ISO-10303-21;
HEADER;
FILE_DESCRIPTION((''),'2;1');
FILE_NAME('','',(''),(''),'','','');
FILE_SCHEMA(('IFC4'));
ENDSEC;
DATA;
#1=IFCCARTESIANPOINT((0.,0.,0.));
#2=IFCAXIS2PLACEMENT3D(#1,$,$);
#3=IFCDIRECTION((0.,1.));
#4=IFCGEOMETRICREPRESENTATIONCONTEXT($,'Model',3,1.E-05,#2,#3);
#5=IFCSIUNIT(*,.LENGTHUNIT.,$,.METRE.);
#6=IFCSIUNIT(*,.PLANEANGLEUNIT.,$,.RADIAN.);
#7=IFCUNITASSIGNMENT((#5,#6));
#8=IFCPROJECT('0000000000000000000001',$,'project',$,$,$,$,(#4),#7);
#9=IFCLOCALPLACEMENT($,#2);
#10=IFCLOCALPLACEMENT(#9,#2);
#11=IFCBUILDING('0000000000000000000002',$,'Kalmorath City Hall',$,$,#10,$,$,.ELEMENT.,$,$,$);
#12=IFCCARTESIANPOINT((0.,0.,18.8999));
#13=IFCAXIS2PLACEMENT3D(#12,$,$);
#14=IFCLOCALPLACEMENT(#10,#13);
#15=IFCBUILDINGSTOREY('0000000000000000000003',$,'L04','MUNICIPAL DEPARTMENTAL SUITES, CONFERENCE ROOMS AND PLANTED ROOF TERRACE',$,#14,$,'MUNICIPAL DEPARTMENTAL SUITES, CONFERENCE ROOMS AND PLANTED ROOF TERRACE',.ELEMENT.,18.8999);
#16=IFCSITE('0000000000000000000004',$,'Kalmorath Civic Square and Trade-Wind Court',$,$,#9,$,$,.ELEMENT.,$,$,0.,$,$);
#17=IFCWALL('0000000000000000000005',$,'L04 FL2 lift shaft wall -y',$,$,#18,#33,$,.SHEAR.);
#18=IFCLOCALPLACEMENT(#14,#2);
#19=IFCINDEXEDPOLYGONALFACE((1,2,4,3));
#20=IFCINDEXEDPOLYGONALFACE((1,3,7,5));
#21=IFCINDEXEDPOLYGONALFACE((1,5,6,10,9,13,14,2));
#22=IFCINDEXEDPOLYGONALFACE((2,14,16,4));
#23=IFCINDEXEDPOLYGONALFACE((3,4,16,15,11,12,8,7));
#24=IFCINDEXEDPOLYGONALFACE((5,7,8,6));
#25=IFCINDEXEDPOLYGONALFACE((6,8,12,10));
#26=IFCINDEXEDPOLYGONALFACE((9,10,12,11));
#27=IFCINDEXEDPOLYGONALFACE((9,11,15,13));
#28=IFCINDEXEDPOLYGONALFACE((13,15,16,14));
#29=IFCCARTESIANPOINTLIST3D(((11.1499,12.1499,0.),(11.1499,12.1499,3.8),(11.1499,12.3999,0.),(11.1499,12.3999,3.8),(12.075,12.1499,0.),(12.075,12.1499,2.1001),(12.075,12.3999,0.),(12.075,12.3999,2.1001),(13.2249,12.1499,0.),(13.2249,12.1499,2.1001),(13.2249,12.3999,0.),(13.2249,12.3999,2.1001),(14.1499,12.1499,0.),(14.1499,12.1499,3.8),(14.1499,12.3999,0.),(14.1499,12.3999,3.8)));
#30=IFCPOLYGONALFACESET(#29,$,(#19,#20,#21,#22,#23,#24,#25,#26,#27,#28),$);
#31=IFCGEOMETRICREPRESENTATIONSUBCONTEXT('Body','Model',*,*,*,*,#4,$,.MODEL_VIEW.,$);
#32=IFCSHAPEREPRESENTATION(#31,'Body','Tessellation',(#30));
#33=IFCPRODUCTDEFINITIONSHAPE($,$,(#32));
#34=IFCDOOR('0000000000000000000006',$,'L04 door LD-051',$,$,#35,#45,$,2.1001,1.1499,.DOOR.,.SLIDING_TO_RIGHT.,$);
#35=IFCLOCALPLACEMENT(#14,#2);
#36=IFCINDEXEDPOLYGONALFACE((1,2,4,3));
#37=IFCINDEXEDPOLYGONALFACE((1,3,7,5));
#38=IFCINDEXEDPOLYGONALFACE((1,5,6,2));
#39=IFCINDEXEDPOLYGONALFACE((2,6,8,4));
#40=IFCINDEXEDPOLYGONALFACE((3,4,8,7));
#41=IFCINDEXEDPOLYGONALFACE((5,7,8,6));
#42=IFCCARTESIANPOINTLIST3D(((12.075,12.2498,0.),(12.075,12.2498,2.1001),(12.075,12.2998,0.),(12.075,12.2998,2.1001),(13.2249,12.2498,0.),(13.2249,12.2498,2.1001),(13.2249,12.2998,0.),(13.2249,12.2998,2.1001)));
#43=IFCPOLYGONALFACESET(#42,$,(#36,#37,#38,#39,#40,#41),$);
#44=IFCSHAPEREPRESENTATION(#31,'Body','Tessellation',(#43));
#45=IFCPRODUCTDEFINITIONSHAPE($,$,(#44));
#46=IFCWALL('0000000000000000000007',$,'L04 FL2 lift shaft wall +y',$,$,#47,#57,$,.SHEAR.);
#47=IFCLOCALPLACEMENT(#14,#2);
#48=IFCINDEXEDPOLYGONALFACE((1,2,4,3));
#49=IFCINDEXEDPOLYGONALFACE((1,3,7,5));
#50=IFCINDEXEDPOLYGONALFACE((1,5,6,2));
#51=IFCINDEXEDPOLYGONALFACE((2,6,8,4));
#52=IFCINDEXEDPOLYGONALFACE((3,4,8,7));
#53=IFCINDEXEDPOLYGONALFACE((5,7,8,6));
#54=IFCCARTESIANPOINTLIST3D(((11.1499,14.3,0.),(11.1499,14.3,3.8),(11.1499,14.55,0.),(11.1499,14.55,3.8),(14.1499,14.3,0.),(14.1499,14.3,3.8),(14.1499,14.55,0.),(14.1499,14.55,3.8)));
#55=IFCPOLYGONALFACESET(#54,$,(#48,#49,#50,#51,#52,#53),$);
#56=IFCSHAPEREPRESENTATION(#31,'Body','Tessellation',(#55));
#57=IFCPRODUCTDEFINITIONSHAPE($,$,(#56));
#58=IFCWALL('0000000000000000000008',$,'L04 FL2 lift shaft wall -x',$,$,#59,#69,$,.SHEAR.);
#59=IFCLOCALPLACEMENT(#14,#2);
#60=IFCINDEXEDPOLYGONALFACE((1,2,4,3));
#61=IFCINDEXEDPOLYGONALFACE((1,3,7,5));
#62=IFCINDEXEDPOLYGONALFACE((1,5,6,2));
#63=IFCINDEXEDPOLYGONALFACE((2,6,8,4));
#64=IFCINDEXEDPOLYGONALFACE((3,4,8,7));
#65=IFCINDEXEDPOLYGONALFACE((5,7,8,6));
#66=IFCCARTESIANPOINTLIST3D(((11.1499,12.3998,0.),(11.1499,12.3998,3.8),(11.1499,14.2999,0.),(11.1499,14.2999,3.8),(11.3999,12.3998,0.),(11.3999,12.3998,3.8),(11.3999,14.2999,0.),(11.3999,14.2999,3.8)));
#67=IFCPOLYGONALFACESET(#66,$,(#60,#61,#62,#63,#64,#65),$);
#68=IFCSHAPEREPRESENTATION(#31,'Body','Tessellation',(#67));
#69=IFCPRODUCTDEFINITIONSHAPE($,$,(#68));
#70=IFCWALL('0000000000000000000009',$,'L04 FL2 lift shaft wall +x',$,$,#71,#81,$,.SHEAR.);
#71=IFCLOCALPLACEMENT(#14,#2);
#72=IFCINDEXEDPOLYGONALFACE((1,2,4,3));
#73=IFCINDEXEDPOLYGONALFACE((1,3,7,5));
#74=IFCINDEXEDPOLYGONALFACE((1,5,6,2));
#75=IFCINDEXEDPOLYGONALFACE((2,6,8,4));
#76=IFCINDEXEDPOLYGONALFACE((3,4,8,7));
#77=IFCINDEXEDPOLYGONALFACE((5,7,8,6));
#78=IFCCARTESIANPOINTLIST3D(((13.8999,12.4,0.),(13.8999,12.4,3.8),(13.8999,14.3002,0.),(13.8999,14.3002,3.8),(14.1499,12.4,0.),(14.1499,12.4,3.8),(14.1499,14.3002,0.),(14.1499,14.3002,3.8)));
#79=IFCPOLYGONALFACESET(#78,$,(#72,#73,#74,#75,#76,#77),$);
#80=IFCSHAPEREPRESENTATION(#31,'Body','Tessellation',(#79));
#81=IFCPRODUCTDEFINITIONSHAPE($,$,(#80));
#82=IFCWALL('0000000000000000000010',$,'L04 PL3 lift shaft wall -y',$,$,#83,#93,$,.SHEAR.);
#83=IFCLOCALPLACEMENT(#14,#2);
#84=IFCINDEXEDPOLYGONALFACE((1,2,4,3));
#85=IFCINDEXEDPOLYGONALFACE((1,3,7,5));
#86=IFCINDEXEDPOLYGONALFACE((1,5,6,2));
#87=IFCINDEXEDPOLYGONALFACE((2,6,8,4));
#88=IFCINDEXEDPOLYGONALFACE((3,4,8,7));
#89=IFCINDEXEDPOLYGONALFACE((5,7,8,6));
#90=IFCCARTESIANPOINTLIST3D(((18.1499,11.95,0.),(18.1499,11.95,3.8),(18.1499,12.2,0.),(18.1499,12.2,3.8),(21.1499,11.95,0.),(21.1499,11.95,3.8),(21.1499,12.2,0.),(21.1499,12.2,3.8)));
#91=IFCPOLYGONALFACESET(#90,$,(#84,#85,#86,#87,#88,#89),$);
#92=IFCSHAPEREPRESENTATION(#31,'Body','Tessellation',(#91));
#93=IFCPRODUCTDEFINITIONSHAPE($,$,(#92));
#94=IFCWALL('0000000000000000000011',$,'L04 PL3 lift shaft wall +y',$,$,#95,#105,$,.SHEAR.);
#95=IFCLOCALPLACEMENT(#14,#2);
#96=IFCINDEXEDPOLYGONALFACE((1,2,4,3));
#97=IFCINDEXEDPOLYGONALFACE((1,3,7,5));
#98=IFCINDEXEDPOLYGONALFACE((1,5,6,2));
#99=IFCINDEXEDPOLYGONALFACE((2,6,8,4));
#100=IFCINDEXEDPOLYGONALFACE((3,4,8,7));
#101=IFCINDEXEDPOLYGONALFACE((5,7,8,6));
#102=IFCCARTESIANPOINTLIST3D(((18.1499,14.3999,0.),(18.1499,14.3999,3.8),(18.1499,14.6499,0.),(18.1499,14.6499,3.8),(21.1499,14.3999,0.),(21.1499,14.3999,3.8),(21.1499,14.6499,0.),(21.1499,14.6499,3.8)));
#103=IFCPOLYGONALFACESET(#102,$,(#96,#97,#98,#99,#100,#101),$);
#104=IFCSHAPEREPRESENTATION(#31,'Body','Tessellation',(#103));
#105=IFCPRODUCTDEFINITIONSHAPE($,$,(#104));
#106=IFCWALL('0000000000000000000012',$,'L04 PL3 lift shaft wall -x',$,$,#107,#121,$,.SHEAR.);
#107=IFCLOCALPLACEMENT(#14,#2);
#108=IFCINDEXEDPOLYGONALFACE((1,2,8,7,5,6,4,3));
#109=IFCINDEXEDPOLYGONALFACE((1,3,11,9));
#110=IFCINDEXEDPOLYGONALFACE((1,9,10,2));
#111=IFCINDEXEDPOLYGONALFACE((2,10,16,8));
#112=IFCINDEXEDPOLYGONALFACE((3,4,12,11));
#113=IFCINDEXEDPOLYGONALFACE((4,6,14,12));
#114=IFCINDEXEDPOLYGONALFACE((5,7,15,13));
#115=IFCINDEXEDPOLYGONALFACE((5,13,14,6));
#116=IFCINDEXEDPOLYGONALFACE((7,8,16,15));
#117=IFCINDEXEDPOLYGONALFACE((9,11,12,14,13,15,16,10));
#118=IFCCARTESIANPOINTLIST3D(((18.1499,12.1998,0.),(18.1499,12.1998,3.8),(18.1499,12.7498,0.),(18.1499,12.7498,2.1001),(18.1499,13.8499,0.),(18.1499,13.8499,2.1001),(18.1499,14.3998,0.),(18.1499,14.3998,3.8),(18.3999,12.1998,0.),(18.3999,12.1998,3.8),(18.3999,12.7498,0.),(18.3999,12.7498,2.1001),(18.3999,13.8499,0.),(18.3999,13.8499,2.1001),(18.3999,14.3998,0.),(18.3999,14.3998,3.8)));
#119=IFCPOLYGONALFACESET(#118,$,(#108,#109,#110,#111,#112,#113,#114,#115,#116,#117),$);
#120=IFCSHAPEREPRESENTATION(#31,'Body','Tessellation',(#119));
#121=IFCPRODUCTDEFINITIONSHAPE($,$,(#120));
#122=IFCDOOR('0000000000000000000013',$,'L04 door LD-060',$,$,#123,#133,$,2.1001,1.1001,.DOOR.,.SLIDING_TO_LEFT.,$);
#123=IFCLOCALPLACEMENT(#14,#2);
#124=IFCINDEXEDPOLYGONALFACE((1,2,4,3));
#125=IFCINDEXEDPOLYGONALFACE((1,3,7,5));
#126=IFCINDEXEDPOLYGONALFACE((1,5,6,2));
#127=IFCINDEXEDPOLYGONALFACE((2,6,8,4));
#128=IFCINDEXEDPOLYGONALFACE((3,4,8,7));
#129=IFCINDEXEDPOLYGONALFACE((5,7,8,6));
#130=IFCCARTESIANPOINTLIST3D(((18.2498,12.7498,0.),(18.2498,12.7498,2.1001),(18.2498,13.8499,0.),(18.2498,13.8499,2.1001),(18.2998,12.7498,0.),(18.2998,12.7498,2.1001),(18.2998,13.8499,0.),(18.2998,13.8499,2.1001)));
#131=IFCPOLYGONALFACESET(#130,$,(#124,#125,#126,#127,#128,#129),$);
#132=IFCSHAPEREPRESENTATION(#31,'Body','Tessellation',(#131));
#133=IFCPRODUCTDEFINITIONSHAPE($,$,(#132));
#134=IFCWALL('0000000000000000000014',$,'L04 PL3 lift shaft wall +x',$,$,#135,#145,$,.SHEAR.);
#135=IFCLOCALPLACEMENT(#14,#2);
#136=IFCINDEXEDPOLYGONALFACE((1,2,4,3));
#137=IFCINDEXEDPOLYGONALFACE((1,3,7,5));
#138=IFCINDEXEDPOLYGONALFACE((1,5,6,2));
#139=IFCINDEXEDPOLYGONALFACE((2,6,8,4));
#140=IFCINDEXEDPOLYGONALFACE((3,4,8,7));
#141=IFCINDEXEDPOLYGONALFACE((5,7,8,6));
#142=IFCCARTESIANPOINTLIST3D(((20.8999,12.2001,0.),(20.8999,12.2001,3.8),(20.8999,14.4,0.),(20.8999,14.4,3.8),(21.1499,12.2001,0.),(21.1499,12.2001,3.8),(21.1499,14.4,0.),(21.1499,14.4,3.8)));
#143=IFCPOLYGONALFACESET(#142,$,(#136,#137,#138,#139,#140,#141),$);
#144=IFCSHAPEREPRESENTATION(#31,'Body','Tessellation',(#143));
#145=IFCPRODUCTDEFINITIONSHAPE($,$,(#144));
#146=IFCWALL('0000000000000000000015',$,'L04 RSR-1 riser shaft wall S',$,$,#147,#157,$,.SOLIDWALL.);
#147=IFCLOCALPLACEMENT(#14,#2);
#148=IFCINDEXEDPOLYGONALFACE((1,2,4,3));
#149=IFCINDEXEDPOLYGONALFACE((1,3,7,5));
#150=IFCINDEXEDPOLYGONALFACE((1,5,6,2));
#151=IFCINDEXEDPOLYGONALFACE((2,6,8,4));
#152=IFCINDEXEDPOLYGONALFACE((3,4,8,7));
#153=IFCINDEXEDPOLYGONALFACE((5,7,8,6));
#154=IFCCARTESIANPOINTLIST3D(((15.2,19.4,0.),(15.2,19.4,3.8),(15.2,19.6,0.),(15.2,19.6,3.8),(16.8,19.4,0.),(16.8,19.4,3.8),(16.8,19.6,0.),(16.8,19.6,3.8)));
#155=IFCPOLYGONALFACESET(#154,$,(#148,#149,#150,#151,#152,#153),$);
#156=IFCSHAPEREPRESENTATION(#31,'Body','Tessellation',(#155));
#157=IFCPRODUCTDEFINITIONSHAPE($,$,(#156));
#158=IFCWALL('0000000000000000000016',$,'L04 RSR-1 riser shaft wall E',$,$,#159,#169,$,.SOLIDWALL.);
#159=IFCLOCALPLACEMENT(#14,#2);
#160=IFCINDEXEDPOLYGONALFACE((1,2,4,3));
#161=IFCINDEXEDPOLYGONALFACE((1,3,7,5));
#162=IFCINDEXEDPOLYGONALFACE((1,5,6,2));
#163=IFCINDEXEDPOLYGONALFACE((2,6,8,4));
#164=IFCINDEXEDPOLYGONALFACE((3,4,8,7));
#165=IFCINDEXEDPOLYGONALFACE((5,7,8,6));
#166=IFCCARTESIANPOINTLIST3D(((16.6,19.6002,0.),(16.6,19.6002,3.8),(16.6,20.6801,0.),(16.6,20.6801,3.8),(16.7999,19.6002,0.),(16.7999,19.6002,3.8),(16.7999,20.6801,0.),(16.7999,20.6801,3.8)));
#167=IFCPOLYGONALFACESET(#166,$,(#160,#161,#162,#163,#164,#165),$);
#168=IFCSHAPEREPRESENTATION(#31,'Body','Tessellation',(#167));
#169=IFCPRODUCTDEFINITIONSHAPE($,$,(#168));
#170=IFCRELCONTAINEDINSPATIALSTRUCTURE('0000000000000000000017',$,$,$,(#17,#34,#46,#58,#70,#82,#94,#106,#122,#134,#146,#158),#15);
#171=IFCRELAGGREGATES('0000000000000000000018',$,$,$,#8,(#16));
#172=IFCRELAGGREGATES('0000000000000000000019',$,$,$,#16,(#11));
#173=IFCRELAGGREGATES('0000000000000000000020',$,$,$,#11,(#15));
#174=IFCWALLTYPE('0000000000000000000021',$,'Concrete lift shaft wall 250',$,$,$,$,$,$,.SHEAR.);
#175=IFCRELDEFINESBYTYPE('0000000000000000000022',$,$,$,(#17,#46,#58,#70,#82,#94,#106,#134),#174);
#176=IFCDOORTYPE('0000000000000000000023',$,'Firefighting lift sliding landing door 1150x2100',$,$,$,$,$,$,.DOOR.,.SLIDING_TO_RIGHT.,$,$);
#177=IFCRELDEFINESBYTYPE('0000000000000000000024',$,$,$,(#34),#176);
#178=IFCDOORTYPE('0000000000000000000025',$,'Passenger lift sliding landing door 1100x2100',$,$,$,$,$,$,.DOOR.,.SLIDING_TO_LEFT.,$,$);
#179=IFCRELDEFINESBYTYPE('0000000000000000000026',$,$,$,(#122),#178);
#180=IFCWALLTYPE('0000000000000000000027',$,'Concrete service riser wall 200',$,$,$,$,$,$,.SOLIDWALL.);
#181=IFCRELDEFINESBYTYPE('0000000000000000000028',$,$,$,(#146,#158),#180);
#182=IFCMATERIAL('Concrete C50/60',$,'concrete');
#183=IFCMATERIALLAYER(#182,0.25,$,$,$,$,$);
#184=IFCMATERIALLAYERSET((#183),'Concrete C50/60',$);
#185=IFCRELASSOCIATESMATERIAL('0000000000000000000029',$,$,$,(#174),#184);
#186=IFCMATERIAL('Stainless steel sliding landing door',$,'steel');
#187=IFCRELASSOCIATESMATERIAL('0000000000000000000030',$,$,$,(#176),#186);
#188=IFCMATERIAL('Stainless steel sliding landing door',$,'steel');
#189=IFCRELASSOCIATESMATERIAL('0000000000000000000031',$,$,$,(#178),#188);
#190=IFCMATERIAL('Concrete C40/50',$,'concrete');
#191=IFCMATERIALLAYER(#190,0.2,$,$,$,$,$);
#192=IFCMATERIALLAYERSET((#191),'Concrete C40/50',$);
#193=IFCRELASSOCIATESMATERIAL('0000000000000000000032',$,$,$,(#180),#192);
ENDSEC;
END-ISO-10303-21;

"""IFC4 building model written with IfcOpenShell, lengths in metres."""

from ifc_helpers import new_model, si_unit, direction, frame, frame_2d, origin, place, context, subcontext, project, spatial, rectangle, extrude, material, layer, layer_set, type_object, element, fill, save


model = new_model("IFC4")

# Units and contexts
model_context = context("Model", 3, precision=1e-05, world=origin(), true_north=direction((0.0, 1.0)))
body_context = subcontext(model_context, "Body", "Model", "MODEL_VIEW")
ifc_project = project(units=[si_unit("LENGTHUNIT", "METRE"), si_unit("PLANEANGLEUNIT", "RADIAN")], contexts=[model_context])

# Site, building, storey
site_placement = place(None, origin())
site = spatial("IfcSite", under=ifc_project, at=site_placement, Name="Kalmorath Civic Square and Trade-Wind Court", CompositionType="ELEMENT", RefElevation=0.0)
building_placement = place(site_placement, origin())
building = spatial("IfcBuilding", under=site, at=building_placement, Name="Kalmorath City Hall", CompositionType="ELEMENT")
storey_placement = place(building_placement, frame((0.0, 0.0, 18.8999)))
storey = spatial("IfcBuildingStorey", under=building, at=storey_placement, Name="L04", Description="MUNICIPAL DEPARTMENTAL SUITES, CONFERENCE ROOMS AND PLANTED ROOF TERRACE", LongName="MUNICIPAL DEPARTMENTAL SUITES, CONFERENCE ROOMS AND PLANTED ROOF TERRACE", CompositionType="ELEMENT", Elevation=18.8999)

# Shared definitions
ifc_material_1 = material(Name="Concrete C50/60", Category="concrete")
ifc_layer_1 = layer(ifc_material_1, 0.25)
ifc_layer_set_1 = layer_set([ifc_layer_1], Name="Concrete C50/60")
wall_type_1 = type_object("IfcWallType", Name="Concrete lift shaft wall 250", PredefinedType="SHEAR", material=ifc_layer_set_1)

# Wall, opening, door
wall_1_placement = place(storey_placement, frame((11.1499, 12.2749, 0.0), z_axis=(0.0, 0.0, 1.0), x_axis=(1.0, 0.0, 0.0)))
wall_1 = element("IfcWall", 1, at=wall_1_placement, inside=storey, type_object=wall_type_1, Name="L04 FL2 lift shaft wall -y", PredefinedType="SHEAR", context=body_context, shape_type="SweptSolid", body=[
    extrude(rectangle(XDim=3.0, YDim=0.25, at=frame_2d((1.5, 0.0))), origin(), (0.0, 0.0, 1.0), 3.8),
])
opening_1_placement = place(wall_1_placement, frame((0.925, 0.0, 0.0)))
opening_1 = element("IfcOpeningElement", 2, at=opening_1_placement, cuts=wall_1, PredefinedType="OPENING", context=body_context, shape_type="SweptSolid", body=[
    extrude(rectangle(XDim=1.1499, YDim=2.1001, at=frame_2d((0.575, 1.05))), frame((0.0, 0.135, 0.0), z_axis=(0.0, -1.0, 0.0), x_axis=(1.0, 0.0, 0.0)), (0.0, 0.0, 1.0), 0.27),
])
ifc_material_2 = material(Name="Stainless steel sliding landing door", Category="steel")
door_type_1 = type_object("IfcDoorType", Name="Firefighting lift sliding landing door 1150x2100", OperationType="SLIDING_TO_RIGHT", PredefinedType="DOOR", material=ifc_material_2)
door_1_placement = place(opening_1_placement, origin())
door_1 = element("IfcDoor", 3, at=door_1_placement, inside=storey, type_object=door_type_1, Name="L04 door LD-051", OperationType="SLIDING_TO_RIGHT", OverallHeight=2.1001, OverallWidth=1.1499, PredefinedType="DOOR", context=body_context, shape_type="SweptSolid", body=[
    extrude(rectangle(XDim=1.1499, YDim=2.1001, at=frame_2d((0.575, 1.05))), frame((0.0, 0.0249, 0.0), z_axis=(0.0, -1.0, 0.0), x_axis=(1.0, 0.0, 0.0)), (0.0, 0.0, 1.0), 0.05),
])
fill(opening_1, door_1)

# Walls
wall_2_placement = place(storey_placement, frame((14.1499, 14.425, 0.0), z_axis=(0.0, 0.0, 1.0), x_axis=(-1.0, 0.0, 0.0)))
element("IfcWall", 4, at=wall_2_placement, inside=storey, type_object=wall_type_1, Name="L04 FL2 lift shaft wall +y", PredefinedType="SHEAR", context=body_context, shape_type="SweptSolid", body=[
    extrude(rectangle(XDim=3.0, YDim=0.25, at=frame_2d((1.5, 0.0))), origin(), (0.0, 0.0, 1.0), 3.8),
])
for number, where, z_axis, x_axis, name in (
    (5, (11.2749, 14.3, 0.0), (0.0, 0.0, 1.0), (0.0, -1.0, 0.0), "L04 FL2 lift shaft wall -x"),
    (6, (14.0249, 12.3999, 0.0), (0.0, 0.0, 1.0), (0.0, 1.0, 0.0), "L04 FL2 lift shaft wall +x"),
):
    element("IfcWall", number, at=place(storey_placement, frame(where, z_axis=z_axis, x_axis=x_axis)), inside=storey, type_object=wall_type_1, Name=name, PredefinedType="SHEAR", context=body_context, shape_type="SweptSolid", body=[
        extrude(rectangle(XDim=1.9001, YDim=0.25, at=frame_2d((0.9502, 0.0))), origin(), (0.0, 0.0, 1.0), 3.8),
    ])
for number, where, z_axis, x_axis, name in (
    (7, (18.1499, 12.075, 0.0), (0.0, 0.0, 1.0), (1.0, 0.0, 0.0), "L04 PL3 lift shaft wall -y"),
    (8, (21.1499, 14.5249, 0.0), (0.0, 0.0, 1.0), (-1.0, 0.0, 0.0), "L04 PL3 lift shaft wall +y"),
):
    element("IfcWall", number, at=place(storey_placement, frame(where, z_axis=z_axis, x_axis=x_axis)), inside=storey, type_object=wall_type_1, Name=name, PredefinedType="SHEAR", context=body_context, shape_type="SweptSolid", body=[
        extrude(rectangle(XDim=3.0, YDim=0.25, at=frame_2d((1.5, 0.0))), origin(), (0.0, 0.0, 1.0), 3.8),
    ])

# Wall, opening, door
wall_3_placement = place(storey_placement, frame((18.2749, 14.3999, 0.0), z_axis=(0.0, 0.0, 1.0), x_axis=(0.0, -1.0, 0.0)))
wall_3 = element("IfcWall", 9, at=wall_3_placement, inside=storey, type_object=wall_type_1, Name="L04 PL3 lift shaft wall -x", PredefinedType="SHEAR", context=body_context, shape_type="SweptSolid", body=[
    extrude(rectangle(XDim=2.2, YDim=0.25, at=frame_2d((1.1001, 0.0))), origin(), (0.0, 0.0, 1.0), 3.8),
])
opening_2_placement = place(wall_3_placement, frame((0.55, 0.0, 0.0)))
opening_2 = element("IfcOpeningElement", 10, at=opening_2_placement, cuts=wall_3, PredefinedType="OPENING", context=body_context, shape_type="SweptSolid", body=[
    extrude(rectangle(XDim=1.1001, YDim=2.1001, at=frame_2d((0.55, 1.05))), frame((0.0, 0.135, 0.0), z_axis=(0.0, -1.0, 0.0), x_axis=(1.0, 0.0, 0.0)), (0.0, 0.0, 1.0), 0.27),
])
ifc_material_3 = material(Name="Stainless steel sliding landing door", Category="steel")
door_type_2 = type_object("IfcDoorType", Name="Passenger lift sliding landing door 1100x2100", OperationType="SLIDING_TO_LEFT", PredefinedType="DOOR", material=ifc_material_3)
door_2_placement = place(opening_2_placement, origin())
door_2 = element("IfcDoor", 11, at=door_2_placement, inside=storey, type_object=door_type_2, Name="L04 door LD-060", OperationType="SLIDING_TO_LEFT", OverallHeight=2.1001, OverallWidth=1.1001, PredefinedType="DOOR", context=body_context, shape_type="SweptSolid", body=[
    extrude(rectangle(XDim=1.1001, YDim=2.1001, at=frame_2d((0.55, 1.05))), frame((0.0, 0.0249, 0.0), z_axis=(0.0, -1.0, 0.0), x_axis=(1.0, 0.0, 0.0)), (0.0, 0.0, 1.0), 0.05),
])
fill(opening_2, door_2)

# Walls
wall_4_placement = place(storey_placement, frame((21.0249, 12.2, 0.0), z_axis=(0.0, 0.0, 1.0), x_axis=(0.0, 1.0, 0.0)))
element("IfcWall", 12, at=wall_4_placement, inside=storey, type_object=wall_type_1, Name="L04 PL3 lift shaft wall +x", PredefinedType="SHEAR", context=body_context, shape_type="SweptSolid", body=[
    extrude(rectangle(XDim=2.2, YDim=0.25, at=frame_2d((1.1001, 0.0))), origin(), (0.0, 0.0, 1.0), 3.8),
])
ifc_material_4 = material(Name="Concrete C40/50", Category="concrete")
ifc_layer_2 = layer(ifc_material_4, 0.2)
ifc_layer_set_2 = layer_set([ifc_layer_2], Name="Concrete C40/50")
wall_type_2 = type_object("IfcWallType", Name="Concrete service riser wall 200", PredefinedType="SOLIDWALL", material=ifc_layer_set_2)
wall_5_placement = place(storey_placement, frame((15.2, 19.5, 0.0), z_axis=(0.0, 0.0, 1.0), x_axis=(1.0, 0.0, 0.0)))
element("IfcWall", 13, at=wall_5_placement, inside=storey, type_object=wall_type_2, Name="L04 RSR-1 riser shaft wall S", PredefinedType="SOLIDWALL", context=body_context, shape_type="SweptSolid", body=[
    extrude(rectangle(XDim=1.6001, YDim=0.2, at=frame_2d((0.8, 0.0))), origin(), (0.0, 0.0, 1.0), 3.8),
])
wall_6_placement = place(storey_placement, frame((16.7, 19.6001, 0.0), z_axis=(0.0, 0.0, 1.0), x_axis=(0.0, 1.0, 0.0)))
element("IfcWall", 14, at=wall_6_placement, inside=storey, type_object=wall_type_2, Name="L04 RSR-1 riser shaft wall E", PredefinedType="SOLIDWALL", context=body_context, shape_type="SweptSolid", body=[
    extrude(rectangle(XDim=1.0798, YDim=0.2, at=frame_2d((0.54, 0.0))), origin(), (0.0, 0.0, 1.0), 3.8),
])

save(model, "model.ifc")
